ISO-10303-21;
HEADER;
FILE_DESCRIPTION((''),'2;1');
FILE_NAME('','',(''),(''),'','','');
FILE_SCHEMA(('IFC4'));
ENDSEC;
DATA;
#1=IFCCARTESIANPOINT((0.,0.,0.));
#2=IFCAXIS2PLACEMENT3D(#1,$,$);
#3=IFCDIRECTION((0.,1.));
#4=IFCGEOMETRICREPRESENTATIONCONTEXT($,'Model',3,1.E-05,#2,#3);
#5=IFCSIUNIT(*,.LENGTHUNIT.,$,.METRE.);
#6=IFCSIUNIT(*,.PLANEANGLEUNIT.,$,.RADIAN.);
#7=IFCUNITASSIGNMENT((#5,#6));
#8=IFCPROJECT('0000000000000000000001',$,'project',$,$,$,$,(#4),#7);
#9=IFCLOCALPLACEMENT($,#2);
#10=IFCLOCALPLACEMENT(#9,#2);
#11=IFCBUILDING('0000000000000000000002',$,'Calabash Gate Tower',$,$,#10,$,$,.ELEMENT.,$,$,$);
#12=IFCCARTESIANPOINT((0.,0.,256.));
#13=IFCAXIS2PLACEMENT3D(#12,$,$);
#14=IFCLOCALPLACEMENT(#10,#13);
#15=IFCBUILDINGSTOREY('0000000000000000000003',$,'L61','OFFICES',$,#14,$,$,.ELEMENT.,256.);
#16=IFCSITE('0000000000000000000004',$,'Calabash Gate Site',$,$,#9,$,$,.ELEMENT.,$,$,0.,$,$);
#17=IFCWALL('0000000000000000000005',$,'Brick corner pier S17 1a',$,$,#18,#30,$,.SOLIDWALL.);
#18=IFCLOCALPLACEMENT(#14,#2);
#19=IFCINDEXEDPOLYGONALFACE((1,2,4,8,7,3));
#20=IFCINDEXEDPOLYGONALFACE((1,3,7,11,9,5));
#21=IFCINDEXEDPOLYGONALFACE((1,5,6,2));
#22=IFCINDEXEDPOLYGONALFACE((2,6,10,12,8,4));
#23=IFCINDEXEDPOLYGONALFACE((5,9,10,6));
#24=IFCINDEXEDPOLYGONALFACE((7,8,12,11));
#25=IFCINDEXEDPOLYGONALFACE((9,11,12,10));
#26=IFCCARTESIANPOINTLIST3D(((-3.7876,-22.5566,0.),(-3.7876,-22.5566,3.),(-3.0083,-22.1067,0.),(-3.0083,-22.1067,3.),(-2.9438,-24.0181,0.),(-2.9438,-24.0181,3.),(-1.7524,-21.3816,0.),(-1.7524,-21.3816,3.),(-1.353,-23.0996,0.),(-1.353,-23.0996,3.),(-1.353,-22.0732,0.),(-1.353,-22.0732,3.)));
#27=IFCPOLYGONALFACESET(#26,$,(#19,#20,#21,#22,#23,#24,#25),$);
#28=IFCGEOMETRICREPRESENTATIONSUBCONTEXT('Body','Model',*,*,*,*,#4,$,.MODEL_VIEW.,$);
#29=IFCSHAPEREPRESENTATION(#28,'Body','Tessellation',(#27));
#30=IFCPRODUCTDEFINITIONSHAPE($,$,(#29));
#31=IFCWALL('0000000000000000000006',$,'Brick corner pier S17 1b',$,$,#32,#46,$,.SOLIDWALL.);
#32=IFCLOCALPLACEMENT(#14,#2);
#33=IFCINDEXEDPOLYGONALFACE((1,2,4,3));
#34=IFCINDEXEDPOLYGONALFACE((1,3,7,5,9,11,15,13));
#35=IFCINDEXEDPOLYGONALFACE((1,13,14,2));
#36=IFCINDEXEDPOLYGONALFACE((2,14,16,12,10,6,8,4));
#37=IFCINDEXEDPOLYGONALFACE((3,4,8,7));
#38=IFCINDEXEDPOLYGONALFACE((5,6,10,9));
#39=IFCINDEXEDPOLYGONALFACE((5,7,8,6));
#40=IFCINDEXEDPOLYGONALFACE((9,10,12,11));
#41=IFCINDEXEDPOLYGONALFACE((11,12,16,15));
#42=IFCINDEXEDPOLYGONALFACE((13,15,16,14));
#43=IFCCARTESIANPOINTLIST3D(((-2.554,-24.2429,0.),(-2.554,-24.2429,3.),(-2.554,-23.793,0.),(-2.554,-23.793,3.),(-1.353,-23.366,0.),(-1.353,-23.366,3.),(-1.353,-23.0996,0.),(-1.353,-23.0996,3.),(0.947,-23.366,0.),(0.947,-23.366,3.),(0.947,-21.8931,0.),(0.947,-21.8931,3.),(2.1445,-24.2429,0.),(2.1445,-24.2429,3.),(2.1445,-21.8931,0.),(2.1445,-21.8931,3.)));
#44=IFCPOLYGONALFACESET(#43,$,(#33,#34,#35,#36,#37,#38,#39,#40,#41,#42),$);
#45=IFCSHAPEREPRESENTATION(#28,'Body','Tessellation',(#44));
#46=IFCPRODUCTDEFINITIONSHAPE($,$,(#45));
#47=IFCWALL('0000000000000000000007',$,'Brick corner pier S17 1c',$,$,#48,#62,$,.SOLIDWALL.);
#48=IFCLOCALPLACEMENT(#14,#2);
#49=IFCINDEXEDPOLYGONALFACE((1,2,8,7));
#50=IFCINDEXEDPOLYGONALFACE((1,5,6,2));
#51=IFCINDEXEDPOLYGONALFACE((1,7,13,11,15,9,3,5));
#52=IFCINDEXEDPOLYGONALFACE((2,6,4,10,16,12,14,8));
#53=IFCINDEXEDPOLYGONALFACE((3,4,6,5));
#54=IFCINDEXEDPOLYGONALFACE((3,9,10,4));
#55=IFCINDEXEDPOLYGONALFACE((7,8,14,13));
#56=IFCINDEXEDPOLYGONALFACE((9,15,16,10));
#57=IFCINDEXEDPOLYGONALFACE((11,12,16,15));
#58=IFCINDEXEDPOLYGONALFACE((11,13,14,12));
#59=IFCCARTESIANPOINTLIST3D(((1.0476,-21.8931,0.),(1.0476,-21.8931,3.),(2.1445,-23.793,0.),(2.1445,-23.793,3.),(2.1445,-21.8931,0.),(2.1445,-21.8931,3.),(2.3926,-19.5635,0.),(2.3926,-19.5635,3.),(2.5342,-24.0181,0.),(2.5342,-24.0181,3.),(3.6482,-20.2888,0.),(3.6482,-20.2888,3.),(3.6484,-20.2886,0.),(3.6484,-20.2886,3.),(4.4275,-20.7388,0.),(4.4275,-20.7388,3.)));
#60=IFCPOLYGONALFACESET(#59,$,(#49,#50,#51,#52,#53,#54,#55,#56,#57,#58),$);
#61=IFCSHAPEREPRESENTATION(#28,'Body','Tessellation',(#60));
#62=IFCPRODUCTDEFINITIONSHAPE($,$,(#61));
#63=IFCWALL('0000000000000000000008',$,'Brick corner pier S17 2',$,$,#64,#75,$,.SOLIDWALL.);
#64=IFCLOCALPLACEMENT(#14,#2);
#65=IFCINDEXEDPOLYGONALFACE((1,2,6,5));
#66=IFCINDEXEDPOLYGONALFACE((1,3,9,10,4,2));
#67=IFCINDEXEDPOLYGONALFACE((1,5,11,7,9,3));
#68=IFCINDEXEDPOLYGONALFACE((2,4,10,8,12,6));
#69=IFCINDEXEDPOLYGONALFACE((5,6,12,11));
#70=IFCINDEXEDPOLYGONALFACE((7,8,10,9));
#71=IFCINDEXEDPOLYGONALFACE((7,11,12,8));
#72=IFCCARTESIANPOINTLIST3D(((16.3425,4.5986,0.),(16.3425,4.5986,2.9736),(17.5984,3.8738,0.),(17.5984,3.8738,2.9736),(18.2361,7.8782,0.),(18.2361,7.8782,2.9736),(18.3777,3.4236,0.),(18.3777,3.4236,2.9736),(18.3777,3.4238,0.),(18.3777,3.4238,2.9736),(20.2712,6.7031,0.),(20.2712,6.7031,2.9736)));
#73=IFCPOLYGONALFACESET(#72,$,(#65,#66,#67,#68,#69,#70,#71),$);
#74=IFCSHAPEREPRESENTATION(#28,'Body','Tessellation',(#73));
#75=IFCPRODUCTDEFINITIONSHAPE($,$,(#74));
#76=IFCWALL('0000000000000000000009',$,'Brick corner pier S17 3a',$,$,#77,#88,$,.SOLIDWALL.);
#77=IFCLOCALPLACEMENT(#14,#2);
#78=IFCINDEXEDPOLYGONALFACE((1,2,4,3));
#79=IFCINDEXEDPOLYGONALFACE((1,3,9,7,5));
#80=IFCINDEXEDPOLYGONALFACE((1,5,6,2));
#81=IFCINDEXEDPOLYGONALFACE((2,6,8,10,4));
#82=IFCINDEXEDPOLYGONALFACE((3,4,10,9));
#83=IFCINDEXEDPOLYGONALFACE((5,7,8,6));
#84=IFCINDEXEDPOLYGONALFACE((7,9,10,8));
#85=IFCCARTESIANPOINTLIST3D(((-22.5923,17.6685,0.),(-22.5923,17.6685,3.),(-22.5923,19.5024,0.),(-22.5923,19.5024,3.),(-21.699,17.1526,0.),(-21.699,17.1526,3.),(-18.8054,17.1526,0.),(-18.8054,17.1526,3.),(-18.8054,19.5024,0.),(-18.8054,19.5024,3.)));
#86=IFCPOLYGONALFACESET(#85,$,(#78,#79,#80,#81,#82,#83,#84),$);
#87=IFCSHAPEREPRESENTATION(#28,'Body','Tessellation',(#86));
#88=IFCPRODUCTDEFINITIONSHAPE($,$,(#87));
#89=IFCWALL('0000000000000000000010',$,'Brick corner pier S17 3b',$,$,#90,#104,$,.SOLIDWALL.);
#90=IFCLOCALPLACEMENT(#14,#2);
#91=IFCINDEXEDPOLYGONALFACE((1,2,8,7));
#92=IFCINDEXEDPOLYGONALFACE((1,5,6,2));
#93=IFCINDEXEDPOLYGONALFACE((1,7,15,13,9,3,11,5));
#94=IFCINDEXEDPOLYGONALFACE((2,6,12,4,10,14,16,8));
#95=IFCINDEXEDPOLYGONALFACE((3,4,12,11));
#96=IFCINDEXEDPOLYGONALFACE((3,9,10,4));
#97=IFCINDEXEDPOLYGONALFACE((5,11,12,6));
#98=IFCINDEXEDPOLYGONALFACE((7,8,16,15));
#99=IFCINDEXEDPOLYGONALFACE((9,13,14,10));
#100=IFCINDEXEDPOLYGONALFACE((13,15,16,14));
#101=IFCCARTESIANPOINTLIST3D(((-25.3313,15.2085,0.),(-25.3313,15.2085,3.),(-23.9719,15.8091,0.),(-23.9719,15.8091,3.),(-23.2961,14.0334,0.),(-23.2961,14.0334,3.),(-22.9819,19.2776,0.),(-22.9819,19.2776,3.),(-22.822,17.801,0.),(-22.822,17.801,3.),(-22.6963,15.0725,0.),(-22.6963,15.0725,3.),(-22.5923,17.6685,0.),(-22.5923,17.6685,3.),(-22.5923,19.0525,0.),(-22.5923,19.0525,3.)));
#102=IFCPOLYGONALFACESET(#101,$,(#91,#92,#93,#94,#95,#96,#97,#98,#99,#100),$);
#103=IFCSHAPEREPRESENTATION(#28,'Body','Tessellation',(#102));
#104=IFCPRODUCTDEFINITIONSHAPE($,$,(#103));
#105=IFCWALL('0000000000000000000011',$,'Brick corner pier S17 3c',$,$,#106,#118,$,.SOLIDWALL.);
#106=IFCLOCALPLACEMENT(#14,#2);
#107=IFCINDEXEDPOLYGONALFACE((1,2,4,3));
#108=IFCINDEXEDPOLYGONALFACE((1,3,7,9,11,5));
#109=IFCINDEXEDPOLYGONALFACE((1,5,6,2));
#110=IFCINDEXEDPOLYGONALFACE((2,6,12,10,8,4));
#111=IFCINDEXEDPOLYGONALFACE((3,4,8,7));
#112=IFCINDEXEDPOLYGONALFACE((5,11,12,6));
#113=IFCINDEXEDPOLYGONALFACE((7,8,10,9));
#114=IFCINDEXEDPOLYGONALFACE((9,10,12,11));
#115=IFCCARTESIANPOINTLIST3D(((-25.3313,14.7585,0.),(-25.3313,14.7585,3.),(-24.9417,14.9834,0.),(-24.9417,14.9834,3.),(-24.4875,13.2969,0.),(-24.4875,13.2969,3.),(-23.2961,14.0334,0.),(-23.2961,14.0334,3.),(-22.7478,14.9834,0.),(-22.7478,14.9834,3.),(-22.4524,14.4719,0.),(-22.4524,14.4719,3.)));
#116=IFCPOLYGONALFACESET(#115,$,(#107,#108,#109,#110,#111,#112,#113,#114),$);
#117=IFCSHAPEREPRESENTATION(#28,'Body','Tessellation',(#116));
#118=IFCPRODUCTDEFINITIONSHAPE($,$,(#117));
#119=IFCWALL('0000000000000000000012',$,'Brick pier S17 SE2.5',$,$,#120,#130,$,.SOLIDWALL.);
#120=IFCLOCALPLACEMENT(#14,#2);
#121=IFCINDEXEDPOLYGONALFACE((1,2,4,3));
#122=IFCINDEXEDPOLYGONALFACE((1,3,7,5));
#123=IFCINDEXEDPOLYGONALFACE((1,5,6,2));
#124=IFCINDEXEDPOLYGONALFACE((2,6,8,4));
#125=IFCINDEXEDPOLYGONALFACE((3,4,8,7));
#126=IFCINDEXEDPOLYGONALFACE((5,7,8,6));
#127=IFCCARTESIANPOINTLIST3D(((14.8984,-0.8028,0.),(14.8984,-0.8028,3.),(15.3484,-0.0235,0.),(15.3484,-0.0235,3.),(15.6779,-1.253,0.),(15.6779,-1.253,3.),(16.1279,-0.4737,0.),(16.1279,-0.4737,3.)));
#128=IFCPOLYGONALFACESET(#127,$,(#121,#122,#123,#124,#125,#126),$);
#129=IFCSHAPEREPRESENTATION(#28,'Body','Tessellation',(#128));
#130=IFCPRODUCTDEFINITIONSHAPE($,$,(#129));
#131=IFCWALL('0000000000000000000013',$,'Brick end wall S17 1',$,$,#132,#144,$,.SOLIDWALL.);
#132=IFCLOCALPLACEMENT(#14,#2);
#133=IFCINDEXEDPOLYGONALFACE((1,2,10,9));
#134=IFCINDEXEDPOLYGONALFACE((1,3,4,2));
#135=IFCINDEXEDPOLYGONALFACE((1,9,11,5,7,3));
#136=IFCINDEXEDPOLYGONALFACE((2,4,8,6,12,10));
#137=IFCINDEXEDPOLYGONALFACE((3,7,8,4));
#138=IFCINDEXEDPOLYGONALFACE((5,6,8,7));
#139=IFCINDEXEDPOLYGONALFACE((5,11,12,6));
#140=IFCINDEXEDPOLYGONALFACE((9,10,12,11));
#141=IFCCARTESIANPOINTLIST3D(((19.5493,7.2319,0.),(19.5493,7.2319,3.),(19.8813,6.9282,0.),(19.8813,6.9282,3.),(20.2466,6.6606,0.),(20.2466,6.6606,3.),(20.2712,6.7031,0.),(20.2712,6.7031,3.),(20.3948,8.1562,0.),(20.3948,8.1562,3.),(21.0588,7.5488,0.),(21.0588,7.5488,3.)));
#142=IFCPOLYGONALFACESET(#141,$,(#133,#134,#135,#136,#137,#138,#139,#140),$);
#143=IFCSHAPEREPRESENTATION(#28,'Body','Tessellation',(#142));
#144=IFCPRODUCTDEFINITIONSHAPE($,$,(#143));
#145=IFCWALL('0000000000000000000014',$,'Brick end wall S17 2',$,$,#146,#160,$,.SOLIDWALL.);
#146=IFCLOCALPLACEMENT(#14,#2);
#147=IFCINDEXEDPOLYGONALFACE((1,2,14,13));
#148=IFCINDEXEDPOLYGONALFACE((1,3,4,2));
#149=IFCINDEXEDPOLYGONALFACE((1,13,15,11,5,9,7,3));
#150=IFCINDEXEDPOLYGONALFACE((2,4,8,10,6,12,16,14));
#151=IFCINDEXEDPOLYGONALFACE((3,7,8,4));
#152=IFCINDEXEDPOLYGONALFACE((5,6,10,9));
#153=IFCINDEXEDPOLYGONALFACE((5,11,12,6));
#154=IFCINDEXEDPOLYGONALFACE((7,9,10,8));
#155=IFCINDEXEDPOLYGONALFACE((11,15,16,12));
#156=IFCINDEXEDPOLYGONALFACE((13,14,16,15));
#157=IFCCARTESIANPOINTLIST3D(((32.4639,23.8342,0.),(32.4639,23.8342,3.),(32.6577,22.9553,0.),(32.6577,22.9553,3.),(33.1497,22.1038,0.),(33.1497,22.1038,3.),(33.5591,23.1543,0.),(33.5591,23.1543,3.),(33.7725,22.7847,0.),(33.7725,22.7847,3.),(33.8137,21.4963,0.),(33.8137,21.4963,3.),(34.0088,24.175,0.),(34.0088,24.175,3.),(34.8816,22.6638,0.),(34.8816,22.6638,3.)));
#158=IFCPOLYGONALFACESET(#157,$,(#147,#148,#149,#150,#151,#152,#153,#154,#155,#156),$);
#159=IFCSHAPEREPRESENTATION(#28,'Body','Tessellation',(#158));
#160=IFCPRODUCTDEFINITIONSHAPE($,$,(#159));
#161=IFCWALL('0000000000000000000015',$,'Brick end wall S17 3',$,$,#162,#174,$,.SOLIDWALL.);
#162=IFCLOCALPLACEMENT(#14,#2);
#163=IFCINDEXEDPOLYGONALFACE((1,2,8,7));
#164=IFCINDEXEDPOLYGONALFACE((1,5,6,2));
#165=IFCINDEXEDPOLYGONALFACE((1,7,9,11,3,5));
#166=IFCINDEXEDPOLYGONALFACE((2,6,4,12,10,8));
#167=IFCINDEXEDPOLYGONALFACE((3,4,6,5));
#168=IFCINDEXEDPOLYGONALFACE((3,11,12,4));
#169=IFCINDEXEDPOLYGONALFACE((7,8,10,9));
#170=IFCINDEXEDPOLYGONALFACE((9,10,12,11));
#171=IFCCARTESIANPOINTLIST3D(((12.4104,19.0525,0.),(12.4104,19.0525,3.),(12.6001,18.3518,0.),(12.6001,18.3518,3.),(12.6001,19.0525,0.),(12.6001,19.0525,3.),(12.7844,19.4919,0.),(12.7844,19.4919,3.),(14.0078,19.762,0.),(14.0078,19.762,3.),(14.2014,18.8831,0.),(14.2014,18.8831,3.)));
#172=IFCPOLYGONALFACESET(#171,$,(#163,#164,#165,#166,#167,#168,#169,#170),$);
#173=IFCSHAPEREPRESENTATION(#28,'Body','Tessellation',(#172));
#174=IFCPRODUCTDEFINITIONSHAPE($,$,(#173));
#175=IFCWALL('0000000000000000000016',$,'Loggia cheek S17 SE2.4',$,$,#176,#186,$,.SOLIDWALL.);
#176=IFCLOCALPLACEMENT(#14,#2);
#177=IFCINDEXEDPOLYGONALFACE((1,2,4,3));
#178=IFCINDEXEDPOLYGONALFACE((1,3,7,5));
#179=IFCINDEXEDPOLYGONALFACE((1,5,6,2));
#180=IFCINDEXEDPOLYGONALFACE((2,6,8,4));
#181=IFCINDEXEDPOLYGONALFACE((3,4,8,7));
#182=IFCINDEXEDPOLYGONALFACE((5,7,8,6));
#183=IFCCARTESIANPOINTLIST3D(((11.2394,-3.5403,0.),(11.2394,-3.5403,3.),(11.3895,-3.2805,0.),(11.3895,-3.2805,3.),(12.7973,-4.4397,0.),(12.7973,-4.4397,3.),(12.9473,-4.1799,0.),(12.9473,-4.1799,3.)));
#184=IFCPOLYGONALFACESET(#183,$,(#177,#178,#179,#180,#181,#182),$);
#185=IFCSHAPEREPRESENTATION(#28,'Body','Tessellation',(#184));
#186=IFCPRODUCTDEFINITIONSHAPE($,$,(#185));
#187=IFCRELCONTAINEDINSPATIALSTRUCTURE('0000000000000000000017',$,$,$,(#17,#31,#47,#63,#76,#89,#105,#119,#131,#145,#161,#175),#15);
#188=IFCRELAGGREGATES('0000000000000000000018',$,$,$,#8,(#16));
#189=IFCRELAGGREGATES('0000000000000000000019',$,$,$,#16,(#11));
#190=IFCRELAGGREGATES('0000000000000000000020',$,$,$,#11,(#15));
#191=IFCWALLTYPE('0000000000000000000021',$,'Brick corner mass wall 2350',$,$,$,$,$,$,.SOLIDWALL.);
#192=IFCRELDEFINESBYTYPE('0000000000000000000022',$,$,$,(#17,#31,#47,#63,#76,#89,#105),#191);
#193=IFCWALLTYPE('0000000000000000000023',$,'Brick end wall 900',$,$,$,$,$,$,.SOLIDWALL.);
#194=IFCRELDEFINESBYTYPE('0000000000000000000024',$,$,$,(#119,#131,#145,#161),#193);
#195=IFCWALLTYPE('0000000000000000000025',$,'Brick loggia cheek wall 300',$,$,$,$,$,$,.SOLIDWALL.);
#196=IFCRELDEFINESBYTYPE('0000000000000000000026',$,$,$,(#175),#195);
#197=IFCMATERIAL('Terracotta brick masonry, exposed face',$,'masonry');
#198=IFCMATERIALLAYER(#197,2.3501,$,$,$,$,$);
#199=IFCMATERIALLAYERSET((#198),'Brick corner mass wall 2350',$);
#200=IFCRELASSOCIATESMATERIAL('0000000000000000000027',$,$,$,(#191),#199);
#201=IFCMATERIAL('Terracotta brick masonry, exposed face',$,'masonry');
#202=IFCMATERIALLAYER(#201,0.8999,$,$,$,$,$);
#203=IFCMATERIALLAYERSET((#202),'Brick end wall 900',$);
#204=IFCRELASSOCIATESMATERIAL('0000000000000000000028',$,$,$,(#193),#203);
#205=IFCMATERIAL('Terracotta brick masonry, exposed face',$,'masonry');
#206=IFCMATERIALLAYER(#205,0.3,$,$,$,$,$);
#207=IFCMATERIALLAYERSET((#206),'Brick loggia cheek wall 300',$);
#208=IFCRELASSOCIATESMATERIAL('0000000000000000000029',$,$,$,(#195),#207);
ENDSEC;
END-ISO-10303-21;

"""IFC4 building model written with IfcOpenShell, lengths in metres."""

from ifc_helpers import new_model, si_unit, direction, frame, frame_2d, origin, place, context, subcontext, project, spatial, polyline, rectangle, outline, extrude, material, layer, layer_set, type_object, element, save


model = new_model("IFC4")

# Units and contexts
model_context = context("Model", 3, precision=1e-05, world=origin(), true_north=direction((0.0, 1.0)))
body_context = subcontext(model_context, "Body", "Model", "MODEL_VIEW")
ifc_project = project(units=[si_unit("LENGTHUNIT", "METRE"), si_unit("PLANEANGLEUNIT", "RADIAN")], contexts=[model_context])

# Site, building, storey
site_placement = place(None, origin())
site = spatial("IfcSite", under=ifc_project, at=site_placement, Name="Calabash Gate Site", CompositionType="ELEMENT", RefElevation=0.0)
building_placement = place(site_placement, origin())
building = spatial("IfcBuilding", under=site, at=building_placement, Name="Calabash Gate Tower", CompositionType="ELEMENT")
storey_placement = place(building_placement, frame((0.0, 0.0, 256.0)))
storey = spatial("IfcBuildingStorey", under=building, at=storey_placement, Name="L61", Description="OFFICES", CompositionType="ELEMENT", Elevation=256.0)

# Walls
ifc_material_1 = material(Name="Terracotta brick masonry, exposed face", Category="masonry")
ifc_layer_1 = layer(ifc_material_1, 2.3501)
ifc_layer_set_1 = layer_set([ifc_layer_1], Name="Brick corner mass wall 2350")
wall_type_1 = type_object("IfcWallType", Name="Brick corner mass wall 2350", PredefinedType="SOLIDWALL", material=ifc_layer_set_1)
wall_1_placement = place(storey_placement, origin())
element("IfcWall", 1, at=wall_1_placement, inside=storey, type_object=wall_type_1, Name="Brick corner pier S17 1a", PredefinedType="SOLIDWALL", context=body_context, shape_type="SweptSolid", body=[
    extrude(outline(polyline([(-1.353, -22.0732), (-1.7524, -21.3816), (-3.0083, -22.1067), (-3.0083, -22.1067), (-3.7876, -22.5566), (-2.9438, -24.0181), (-1.353, -23.0996), (-1.353, -22.0732)])), origin(), (0.0, 0.0, 1.0), 3.0),
])
wall_2_placement = place(storey_placement, origin())
element("IfcWall", 2, at=wall_2_placement, inside=storey, type_object=wall_type_1, Name="Brick corner pier S17 1b", PredefinedType="SOLIDWALL", context=body_context, shape_type="SweptSolid", body=[
    extrude(outline(polyline([(-1.353, -23.366), (-1.353, -23.0996), (-2.554, -23.793), (-2.554, -24.2429), (2.1445, -24.2429), (2.1445, -21.8931), (0.947, -21.8931), (0.947, -23.366), (-1.353, -23.366)])), origin(), (0.0, 0.0, 1.0), 3.0),
])
wall_3_placement = place(storey_placement, origin())
element("IfcWall", 3, at=wall_3_placement, inside=storey, type_object=wall_type_1, Name="Brick corner pier S17 1c", PredefinedType="SOLIDWALL", context=body_context, shape_type="SweptSolid", body=[
    extrude(outline(polyline([(3.6484, -20.2886), (2.3926, -19.5635), (1.0476, -21.8931), (2.1445, -21.8931), (2.1445, -23.793), (2.5342, -24.0181), (4.4275, -20.7388), (3.6482, -20.2888), (3.6484, -20.2886)])), origin(), (0.0, 0.0, 1.0), 3.0),
])
wall_4_placement = place(storey_placement, origin())
element("IfcWall", 4, at=wall_4_placement, inside=storey, type_object=wall_type_1, Name="Brick corner pier S17 2", PredefinedType="SOLIDWALL", context=body_context, shape_type="SweptSolid", body=[
    extrude(outline(polyline([(18.3777, 3.4238), (18.3777, 3.4236), (18.3777, 3.4236), (20.2712, 6.7031), (18.2361, 7.8782), (16.3425, 4.5986), (17.5984, 3.8738), (17.5984, 3.8738), (18.3777, 3.4238)])), origin(), (0.0, 0.0, 1.0), 2.9736),
])
wall_5_placement = place(storey_placement, origin())
element("IfcWall", 5, at=wall_5_placement, inside=storey, type_object=wall_type_1, Name="Brick corner pier S17 3a", PredefinedType="SOLIDWALL", context=body_context, shape_type="SweptSolid", body=[
    extrude(outline(polyline([(-21.699, 17.1526), (-18.8054, 17.1526), (-18.8054, 19.5024), (-22.5923, 19.5024), (-22.5923, 17.6685), (-21.699, 17.1526)])), origin(), (0.0, 0.0, 1.0), 3.0),
])
wall_6_placement = place(storey_placement, origin())
element("IfcWall", 6, at=wall_6_placement, inside=storey, type_object=wall_type_1, Name="Brick corner pier S17 3b", PredefinedType="SOLIDWALL", context=body_context, shape_type="SweptSolid", body=[
    extrude(outline(polyline([(-22.822, 17.801), (-22.5923, 17.6685), (-22.5923, 19.0525), (-22.9819, 19.2776), (-25.3313, 15.2085), (-23.2961, 14.0334), (-22.6963, 15.0725), (-23.9719, 15.8091), (-22.822, 17.801)])), origin(), (0.0, 0.0, 1.0), 3.0),
])
wall_7_placement = place(storey_placement, origin())
element("IfcWall", 7, at=wall_7_placement, inside=storey, type_object=wall_type_1, Name="Brick corner pier S17 3c", PredefinedType="SOLIDWALL", context=body_context, shape_type="SweptSolid", body=[
    extrude(outline(polyline([(-22.7478, 14.9834), (-23.2961, 14.0334), (-24.9417, 14.9834), (-25.3313, 14.7585), (-24.4875, 13.2969), (-22.4524, 14.4719), (-22.7478, 14.9834)])), origin(), (0.0, 0.0, 1.0), 3.0),
])
ifc_material_2 = material(Name="Terracotta brick masonry, exposed face", Category="masonry")
ifc_layer_2 = layer(ifc_material_2, 0.8999)
ifc_layer_set_2 = layer_set([ifc_layer_2], Name="Brick end wall 900")
wall_type_2 = type_object("IfcWallType", Name="Brick end wall 900", PredefinedType="SOLIDWALL", material=ifc_layer_set_2)
wall_8_placement = place(storey_placement, frame((15.1233, -0.4131, 0.0), z_axis=(0.0, 0.0, 1.0), x_axis=(0.865964, -0.500106, 0.0)))
element("IfcWall", 8, at=wall_8_placement, inside=storey, type_object=wall_type_2, Name="Brick pier S17 SE2.5", PredefinedType="SOLIDWALL", context=body_context, shape_type="SweptSolid", body=[
    extrude(rectangle(XDim=0.9001, YDim=0.8999, at=frame_2d((0.4502, 0.0))), origin(), (0.0, 0.0, 1.0), 3.0),
])
wall_9_placement = place(storey_placement, origin())
element("IfcWall", 9, at=wall_9_placement, inside=storey, type_object=wall_type_2, Name="Brick end wall S17 1", PredefinedType="SOLIDWALL", context=body_context, shape_type="SweptSolid", body=[
    extrude(outline(polyline([(20.3948, 8.1562), (19.5493, 7.2319), (19.8813, 6.9282), (20.2712, 6.7031), (20.2466, 6.6606), (21.0588, 7.5488), (20.3948, 8.1562)])), origin(), (0.0, 0.0, 1.0), 3.0),
])
wall_10_placement = place(storey_placement, origin())
element("IfcWall", 10, at=wall_10_placement, inside=storey, type_object=wall_type_2, Name="Brick end wall S17 2", PredefinedType="SOLIDWALL", context=body_context, shape_type="SweptSolid", body=[
    extrude(outline(polyline([(33.8137, 21.4963), (34.8816, 22.6638), (34.0088, 24.175), (32.4639, 23.8342), (32.6577, 22.9553), (33.5591, 23.1543), (33.7725, 22.7847), (33.1497, 22.1038), (33.8137, 21.4963)])), origin(), (0.0, 0.0, 1.0), 3.0),
])
wall_11_placement = place(storey_placement, origin())
element("IfcWall", 11, at=wall_11_placement, inside=storey, type_object=wall_type_2, Name="Brick end wall S17 3", PredefinedType="SOLIDWALL", context=body_context, shape_type="SweptSolid", body=[
    extrude(outline(polyline([(14.2014, 18.8831), (14.0078, 19.762), (12.7844, 19.4919), (12.4104, 19.0525), (12.6001, 19.0525), (12.6001, 18.3518), (14.2014, 18.8831)])), origin(), (0.0, 0.0, 1.0), 3.0),
])
ifc_material_3 = material(Name="Terracotta brick masonry, exposed face", Category="masonry")
ifc_layer_3 = layer(ifc_material_3, 0.3)
ifc_layer_set_3 = layer_set([ifc_layer_3], Name="Brick loggia cheek wall 300")
wall_type_3 = type_object("IfcWallType", Name="Brick loggia cheek wall 300", PredefinedType="SOLIDWALL", material=ifc_layer_set_3)
wall_12_placement = place(storey_placement, frame((11.3145, -3.4104, 0.0), z_axis=(0.0, 0.0, 1.0), x_axis=(0.86603, -0.499993, 0.0)))
element("IfcWall", 12, at=wall_12_placement, inside=storey, type_object=wall_type_3, Name="Loggia cheek S17 SE2.4", PredefinedType="SOLIDWALL", context=body_context, shape_type="SweptSolid", body=[
    extrude(rectangle(XDim=1.7988, YDim=0.3, at=frame_2d((0.8994, 0.0))), origin(), (0.0, 0.0, 1.0), 3.0),
])

save(model, "model.ifc")
